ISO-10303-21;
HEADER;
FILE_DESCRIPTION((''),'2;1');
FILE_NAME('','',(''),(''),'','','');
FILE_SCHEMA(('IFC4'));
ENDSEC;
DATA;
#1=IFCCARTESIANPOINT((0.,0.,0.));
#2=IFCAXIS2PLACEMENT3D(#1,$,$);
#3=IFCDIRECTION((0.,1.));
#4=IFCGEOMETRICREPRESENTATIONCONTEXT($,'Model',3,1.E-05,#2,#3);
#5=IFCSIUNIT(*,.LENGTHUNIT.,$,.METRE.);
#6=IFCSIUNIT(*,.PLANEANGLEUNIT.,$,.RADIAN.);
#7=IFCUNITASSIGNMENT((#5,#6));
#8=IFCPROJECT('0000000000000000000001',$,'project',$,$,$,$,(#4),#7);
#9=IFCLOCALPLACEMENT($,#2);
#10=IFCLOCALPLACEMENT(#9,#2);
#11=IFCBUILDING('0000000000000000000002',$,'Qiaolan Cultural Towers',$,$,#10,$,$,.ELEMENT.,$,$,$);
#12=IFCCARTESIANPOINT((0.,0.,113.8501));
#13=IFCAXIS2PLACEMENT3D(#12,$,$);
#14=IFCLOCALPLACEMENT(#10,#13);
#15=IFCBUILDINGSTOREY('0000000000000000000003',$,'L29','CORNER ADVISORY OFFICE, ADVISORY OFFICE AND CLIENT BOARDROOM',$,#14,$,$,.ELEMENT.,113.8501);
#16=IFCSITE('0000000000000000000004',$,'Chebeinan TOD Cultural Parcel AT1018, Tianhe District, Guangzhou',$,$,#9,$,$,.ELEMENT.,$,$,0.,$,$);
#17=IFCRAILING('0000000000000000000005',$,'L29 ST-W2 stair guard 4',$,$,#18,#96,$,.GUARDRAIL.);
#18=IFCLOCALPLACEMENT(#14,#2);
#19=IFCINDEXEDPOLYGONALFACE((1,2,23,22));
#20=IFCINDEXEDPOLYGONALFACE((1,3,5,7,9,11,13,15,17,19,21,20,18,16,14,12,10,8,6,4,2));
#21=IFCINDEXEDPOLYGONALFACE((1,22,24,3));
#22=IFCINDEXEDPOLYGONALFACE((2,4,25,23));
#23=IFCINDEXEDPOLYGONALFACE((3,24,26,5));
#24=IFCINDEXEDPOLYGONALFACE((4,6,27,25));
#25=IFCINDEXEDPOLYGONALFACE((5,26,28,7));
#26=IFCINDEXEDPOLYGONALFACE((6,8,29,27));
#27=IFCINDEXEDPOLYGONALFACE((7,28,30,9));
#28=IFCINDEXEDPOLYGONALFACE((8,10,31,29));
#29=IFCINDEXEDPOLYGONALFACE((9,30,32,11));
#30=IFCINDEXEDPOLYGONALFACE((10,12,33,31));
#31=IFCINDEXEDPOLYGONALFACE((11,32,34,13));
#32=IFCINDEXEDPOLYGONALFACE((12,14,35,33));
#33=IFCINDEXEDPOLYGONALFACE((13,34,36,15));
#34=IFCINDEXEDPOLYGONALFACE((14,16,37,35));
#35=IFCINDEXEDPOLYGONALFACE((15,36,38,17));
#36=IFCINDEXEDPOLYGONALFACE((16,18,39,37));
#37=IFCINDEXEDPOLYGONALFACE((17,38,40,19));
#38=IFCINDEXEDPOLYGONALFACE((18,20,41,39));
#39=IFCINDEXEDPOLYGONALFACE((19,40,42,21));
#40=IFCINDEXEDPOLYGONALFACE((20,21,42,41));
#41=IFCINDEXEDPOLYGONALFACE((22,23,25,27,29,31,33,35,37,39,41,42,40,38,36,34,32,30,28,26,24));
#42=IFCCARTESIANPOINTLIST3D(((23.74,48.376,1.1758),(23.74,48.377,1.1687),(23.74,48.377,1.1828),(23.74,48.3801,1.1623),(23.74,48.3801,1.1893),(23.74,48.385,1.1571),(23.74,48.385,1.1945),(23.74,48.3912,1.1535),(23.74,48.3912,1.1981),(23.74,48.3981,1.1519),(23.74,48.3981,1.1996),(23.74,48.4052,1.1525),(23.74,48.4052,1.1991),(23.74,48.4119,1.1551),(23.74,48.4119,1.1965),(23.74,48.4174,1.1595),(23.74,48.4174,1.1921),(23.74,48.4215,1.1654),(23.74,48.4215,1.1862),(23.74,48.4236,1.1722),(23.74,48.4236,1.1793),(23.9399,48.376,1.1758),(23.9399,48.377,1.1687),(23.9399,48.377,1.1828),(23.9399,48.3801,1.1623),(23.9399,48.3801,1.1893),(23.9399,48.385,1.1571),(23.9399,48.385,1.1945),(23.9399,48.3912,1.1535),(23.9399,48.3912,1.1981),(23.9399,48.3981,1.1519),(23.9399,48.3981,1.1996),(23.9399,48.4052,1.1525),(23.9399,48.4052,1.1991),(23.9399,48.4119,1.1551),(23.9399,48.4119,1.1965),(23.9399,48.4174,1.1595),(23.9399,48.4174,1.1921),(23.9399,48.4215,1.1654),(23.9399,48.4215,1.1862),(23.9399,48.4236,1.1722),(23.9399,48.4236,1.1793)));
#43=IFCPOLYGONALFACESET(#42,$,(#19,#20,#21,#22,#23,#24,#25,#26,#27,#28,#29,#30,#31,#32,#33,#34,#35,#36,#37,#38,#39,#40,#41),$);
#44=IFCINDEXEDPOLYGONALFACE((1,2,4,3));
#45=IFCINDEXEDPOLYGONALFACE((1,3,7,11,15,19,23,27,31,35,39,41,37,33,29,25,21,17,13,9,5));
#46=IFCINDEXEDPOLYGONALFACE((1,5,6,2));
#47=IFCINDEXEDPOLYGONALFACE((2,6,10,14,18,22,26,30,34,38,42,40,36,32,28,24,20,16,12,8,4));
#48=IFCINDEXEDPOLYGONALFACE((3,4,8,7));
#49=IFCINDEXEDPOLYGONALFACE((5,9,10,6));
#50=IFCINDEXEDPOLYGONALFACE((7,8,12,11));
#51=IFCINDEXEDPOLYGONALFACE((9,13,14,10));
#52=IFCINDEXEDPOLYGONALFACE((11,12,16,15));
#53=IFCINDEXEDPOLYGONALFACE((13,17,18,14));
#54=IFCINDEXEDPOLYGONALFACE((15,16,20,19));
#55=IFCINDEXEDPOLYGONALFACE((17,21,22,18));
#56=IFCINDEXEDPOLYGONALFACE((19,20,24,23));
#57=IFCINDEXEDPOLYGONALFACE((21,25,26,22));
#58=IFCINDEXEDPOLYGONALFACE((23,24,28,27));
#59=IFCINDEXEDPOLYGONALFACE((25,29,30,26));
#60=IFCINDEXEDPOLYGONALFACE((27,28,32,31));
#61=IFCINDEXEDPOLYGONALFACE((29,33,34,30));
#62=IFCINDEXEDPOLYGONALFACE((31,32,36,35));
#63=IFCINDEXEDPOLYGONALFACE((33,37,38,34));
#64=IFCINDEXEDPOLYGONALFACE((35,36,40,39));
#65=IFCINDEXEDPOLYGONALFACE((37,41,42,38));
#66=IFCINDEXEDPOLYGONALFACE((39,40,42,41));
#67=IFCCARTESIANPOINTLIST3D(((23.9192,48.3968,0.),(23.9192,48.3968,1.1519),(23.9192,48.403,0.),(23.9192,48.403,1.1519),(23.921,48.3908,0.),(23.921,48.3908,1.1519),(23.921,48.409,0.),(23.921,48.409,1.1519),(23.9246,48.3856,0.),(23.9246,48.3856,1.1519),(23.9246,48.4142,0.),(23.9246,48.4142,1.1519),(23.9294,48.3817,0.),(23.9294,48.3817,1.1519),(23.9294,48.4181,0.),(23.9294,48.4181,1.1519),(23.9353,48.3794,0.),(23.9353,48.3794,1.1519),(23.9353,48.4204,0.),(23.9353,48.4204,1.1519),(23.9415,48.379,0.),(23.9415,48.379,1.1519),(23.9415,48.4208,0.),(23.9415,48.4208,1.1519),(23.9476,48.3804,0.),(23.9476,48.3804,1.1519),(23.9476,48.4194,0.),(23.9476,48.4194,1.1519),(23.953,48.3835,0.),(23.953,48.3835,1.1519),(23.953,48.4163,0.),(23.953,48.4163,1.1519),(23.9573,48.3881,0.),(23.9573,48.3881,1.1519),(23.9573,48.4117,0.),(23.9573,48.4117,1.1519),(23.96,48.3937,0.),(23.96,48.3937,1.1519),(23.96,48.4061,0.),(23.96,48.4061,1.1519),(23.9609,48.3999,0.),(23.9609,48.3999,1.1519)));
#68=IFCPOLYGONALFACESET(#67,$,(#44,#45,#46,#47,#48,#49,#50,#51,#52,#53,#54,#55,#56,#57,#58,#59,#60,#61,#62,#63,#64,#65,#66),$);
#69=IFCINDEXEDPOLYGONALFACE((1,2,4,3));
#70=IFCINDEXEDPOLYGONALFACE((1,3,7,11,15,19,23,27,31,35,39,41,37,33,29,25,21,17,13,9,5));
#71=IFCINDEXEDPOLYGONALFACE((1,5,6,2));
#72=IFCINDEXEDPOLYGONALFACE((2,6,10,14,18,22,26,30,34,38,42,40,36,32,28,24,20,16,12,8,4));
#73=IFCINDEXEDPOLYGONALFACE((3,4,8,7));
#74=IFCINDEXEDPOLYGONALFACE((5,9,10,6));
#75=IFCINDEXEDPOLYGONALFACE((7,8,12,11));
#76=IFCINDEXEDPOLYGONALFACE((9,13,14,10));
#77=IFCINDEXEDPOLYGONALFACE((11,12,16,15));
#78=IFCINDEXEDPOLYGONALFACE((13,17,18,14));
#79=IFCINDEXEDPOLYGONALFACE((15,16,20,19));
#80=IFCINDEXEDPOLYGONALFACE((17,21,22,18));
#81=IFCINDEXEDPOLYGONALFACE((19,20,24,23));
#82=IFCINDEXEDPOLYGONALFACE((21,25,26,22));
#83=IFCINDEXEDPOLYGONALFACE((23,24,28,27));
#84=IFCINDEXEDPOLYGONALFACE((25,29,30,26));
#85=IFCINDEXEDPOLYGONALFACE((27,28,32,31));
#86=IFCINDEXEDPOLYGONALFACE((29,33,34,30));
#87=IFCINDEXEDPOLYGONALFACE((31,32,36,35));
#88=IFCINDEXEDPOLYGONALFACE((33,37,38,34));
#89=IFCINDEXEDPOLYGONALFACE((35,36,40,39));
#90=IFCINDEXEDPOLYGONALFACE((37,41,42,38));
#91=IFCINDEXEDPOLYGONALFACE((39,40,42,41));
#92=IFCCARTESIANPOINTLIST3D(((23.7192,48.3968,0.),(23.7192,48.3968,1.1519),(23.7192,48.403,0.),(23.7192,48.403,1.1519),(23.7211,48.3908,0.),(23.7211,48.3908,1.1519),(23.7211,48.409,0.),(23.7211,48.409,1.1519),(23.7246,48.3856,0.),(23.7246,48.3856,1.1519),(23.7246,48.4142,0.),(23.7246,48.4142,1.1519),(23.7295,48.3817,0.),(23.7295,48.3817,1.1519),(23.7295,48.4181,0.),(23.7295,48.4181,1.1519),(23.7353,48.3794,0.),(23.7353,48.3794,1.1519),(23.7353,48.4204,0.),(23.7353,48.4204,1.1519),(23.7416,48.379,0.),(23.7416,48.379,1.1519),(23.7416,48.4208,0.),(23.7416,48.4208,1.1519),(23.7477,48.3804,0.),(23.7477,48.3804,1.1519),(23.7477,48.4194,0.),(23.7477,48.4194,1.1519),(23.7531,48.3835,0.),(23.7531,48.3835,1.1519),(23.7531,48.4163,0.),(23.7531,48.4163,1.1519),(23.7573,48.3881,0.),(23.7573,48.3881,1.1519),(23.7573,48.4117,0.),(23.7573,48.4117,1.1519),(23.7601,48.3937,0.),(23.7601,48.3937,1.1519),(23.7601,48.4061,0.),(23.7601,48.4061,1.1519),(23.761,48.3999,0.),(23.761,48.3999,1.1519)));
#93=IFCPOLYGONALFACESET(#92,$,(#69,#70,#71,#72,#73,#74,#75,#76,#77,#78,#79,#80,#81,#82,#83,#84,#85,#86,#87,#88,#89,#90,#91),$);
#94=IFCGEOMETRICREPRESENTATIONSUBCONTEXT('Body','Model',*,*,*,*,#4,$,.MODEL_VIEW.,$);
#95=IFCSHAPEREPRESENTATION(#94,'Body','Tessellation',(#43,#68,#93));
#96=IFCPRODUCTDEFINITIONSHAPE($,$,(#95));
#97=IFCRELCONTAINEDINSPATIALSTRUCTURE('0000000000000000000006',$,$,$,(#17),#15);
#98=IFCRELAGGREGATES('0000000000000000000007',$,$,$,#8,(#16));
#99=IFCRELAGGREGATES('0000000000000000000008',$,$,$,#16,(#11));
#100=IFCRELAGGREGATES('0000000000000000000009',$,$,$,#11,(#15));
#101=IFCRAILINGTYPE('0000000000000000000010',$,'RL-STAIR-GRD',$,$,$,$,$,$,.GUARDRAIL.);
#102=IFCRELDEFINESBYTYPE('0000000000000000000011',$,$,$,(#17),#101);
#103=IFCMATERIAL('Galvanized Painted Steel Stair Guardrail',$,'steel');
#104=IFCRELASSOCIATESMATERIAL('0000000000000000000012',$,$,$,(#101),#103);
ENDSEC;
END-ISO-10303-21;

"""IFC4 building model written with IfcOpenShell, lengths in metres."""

from ifc_helpers import new_model, si_unit, direction, frame, origin, origin_2d, place, context, subcontext, project, spatial, circle, extrude, material, type_object, element, save


model = new_model("IFC4")

# Units and contexts
model_context = context("Model", 3, precision=1e-05, world=origin(), true_north=direction((0.0, 1.0)))
body_context = subcontext(model_context, "Body", "Model", "MODEL_VIEW")
ifc_project = project(units=[si_unit("LENGTHUNIT", "METRE"), si_unit("PLANEANGLEUNIT", "RADIAN")], contexts=[model_context])

# Site, building, storey
site_placement = place(None, origin())
site = spatial("IfcSite", under=ifc_project, at=site_placement, Name="Chebeinan TOD Cultural Parcel AT1018, Tianhe District, Guangzhou", CompositionType="ELEMENT", RefElevation=0.0)
building_placement = place(site_placement, origin())
building = spatial("IfcBuilding", under=site, at=building_placement, Name="Qiaolan Cultural Towers", CompositionType="ELEMENT")
storey_placement = place(building_placement, frame((0.0, 0.0, 113.8501)))
storey = spatial("IfcBuildingStorey", under=building, at=storey_placement, Name="L29", Description="CORNER ADVISORY OFFICE, ADVISORY OFFICE AND CLIENT BOARDROOM", CompositionType="ELEMENT", Elevation=113.8501)

# Railing
ifc_material_1 = material(Name="Galvanized Painted Steel Stair Guardrail", Category="steel")
railing_type_1 = type_object("IfcRailingType", Name="RL-STAIR-GRD", PredefinedType="GUARDRAIL", material=ifc_material_1)
railing_1_placement = place(storey_placement, frame((23.9399, 48.3999, 0.0)))
element("IfcRailing", 1, at=railing_1_placement, inside=storey, type_object=railing_type_1, Name="L29 ST-W2 stair guard 4", PredefinedType="GUARDRAIL", context=body_context, shape_type="SweptSolid", body=[
    extrude(circle(Radius=0.0239, at=origin_2d()), frame((0.0, 0.0, 1.1758), z_axis=(-1.0, 0.0, 0.0), x_axis=(0.0, -1.0, 0.0)), (0.0, 0.0, 1.0), 0.2),
    extrude(circle(Radius=0.021, at=origin_2d()), origin(), (0.0, 0.0, 1.0), 1.1519),
    extrude(circle(Radius=0.021, at=origin_2d()), frame((-0.2, 0.0, 0.0)), (0.0, 0.0, 1.0), 1.1519),
])

save(model, "model.ifc")
